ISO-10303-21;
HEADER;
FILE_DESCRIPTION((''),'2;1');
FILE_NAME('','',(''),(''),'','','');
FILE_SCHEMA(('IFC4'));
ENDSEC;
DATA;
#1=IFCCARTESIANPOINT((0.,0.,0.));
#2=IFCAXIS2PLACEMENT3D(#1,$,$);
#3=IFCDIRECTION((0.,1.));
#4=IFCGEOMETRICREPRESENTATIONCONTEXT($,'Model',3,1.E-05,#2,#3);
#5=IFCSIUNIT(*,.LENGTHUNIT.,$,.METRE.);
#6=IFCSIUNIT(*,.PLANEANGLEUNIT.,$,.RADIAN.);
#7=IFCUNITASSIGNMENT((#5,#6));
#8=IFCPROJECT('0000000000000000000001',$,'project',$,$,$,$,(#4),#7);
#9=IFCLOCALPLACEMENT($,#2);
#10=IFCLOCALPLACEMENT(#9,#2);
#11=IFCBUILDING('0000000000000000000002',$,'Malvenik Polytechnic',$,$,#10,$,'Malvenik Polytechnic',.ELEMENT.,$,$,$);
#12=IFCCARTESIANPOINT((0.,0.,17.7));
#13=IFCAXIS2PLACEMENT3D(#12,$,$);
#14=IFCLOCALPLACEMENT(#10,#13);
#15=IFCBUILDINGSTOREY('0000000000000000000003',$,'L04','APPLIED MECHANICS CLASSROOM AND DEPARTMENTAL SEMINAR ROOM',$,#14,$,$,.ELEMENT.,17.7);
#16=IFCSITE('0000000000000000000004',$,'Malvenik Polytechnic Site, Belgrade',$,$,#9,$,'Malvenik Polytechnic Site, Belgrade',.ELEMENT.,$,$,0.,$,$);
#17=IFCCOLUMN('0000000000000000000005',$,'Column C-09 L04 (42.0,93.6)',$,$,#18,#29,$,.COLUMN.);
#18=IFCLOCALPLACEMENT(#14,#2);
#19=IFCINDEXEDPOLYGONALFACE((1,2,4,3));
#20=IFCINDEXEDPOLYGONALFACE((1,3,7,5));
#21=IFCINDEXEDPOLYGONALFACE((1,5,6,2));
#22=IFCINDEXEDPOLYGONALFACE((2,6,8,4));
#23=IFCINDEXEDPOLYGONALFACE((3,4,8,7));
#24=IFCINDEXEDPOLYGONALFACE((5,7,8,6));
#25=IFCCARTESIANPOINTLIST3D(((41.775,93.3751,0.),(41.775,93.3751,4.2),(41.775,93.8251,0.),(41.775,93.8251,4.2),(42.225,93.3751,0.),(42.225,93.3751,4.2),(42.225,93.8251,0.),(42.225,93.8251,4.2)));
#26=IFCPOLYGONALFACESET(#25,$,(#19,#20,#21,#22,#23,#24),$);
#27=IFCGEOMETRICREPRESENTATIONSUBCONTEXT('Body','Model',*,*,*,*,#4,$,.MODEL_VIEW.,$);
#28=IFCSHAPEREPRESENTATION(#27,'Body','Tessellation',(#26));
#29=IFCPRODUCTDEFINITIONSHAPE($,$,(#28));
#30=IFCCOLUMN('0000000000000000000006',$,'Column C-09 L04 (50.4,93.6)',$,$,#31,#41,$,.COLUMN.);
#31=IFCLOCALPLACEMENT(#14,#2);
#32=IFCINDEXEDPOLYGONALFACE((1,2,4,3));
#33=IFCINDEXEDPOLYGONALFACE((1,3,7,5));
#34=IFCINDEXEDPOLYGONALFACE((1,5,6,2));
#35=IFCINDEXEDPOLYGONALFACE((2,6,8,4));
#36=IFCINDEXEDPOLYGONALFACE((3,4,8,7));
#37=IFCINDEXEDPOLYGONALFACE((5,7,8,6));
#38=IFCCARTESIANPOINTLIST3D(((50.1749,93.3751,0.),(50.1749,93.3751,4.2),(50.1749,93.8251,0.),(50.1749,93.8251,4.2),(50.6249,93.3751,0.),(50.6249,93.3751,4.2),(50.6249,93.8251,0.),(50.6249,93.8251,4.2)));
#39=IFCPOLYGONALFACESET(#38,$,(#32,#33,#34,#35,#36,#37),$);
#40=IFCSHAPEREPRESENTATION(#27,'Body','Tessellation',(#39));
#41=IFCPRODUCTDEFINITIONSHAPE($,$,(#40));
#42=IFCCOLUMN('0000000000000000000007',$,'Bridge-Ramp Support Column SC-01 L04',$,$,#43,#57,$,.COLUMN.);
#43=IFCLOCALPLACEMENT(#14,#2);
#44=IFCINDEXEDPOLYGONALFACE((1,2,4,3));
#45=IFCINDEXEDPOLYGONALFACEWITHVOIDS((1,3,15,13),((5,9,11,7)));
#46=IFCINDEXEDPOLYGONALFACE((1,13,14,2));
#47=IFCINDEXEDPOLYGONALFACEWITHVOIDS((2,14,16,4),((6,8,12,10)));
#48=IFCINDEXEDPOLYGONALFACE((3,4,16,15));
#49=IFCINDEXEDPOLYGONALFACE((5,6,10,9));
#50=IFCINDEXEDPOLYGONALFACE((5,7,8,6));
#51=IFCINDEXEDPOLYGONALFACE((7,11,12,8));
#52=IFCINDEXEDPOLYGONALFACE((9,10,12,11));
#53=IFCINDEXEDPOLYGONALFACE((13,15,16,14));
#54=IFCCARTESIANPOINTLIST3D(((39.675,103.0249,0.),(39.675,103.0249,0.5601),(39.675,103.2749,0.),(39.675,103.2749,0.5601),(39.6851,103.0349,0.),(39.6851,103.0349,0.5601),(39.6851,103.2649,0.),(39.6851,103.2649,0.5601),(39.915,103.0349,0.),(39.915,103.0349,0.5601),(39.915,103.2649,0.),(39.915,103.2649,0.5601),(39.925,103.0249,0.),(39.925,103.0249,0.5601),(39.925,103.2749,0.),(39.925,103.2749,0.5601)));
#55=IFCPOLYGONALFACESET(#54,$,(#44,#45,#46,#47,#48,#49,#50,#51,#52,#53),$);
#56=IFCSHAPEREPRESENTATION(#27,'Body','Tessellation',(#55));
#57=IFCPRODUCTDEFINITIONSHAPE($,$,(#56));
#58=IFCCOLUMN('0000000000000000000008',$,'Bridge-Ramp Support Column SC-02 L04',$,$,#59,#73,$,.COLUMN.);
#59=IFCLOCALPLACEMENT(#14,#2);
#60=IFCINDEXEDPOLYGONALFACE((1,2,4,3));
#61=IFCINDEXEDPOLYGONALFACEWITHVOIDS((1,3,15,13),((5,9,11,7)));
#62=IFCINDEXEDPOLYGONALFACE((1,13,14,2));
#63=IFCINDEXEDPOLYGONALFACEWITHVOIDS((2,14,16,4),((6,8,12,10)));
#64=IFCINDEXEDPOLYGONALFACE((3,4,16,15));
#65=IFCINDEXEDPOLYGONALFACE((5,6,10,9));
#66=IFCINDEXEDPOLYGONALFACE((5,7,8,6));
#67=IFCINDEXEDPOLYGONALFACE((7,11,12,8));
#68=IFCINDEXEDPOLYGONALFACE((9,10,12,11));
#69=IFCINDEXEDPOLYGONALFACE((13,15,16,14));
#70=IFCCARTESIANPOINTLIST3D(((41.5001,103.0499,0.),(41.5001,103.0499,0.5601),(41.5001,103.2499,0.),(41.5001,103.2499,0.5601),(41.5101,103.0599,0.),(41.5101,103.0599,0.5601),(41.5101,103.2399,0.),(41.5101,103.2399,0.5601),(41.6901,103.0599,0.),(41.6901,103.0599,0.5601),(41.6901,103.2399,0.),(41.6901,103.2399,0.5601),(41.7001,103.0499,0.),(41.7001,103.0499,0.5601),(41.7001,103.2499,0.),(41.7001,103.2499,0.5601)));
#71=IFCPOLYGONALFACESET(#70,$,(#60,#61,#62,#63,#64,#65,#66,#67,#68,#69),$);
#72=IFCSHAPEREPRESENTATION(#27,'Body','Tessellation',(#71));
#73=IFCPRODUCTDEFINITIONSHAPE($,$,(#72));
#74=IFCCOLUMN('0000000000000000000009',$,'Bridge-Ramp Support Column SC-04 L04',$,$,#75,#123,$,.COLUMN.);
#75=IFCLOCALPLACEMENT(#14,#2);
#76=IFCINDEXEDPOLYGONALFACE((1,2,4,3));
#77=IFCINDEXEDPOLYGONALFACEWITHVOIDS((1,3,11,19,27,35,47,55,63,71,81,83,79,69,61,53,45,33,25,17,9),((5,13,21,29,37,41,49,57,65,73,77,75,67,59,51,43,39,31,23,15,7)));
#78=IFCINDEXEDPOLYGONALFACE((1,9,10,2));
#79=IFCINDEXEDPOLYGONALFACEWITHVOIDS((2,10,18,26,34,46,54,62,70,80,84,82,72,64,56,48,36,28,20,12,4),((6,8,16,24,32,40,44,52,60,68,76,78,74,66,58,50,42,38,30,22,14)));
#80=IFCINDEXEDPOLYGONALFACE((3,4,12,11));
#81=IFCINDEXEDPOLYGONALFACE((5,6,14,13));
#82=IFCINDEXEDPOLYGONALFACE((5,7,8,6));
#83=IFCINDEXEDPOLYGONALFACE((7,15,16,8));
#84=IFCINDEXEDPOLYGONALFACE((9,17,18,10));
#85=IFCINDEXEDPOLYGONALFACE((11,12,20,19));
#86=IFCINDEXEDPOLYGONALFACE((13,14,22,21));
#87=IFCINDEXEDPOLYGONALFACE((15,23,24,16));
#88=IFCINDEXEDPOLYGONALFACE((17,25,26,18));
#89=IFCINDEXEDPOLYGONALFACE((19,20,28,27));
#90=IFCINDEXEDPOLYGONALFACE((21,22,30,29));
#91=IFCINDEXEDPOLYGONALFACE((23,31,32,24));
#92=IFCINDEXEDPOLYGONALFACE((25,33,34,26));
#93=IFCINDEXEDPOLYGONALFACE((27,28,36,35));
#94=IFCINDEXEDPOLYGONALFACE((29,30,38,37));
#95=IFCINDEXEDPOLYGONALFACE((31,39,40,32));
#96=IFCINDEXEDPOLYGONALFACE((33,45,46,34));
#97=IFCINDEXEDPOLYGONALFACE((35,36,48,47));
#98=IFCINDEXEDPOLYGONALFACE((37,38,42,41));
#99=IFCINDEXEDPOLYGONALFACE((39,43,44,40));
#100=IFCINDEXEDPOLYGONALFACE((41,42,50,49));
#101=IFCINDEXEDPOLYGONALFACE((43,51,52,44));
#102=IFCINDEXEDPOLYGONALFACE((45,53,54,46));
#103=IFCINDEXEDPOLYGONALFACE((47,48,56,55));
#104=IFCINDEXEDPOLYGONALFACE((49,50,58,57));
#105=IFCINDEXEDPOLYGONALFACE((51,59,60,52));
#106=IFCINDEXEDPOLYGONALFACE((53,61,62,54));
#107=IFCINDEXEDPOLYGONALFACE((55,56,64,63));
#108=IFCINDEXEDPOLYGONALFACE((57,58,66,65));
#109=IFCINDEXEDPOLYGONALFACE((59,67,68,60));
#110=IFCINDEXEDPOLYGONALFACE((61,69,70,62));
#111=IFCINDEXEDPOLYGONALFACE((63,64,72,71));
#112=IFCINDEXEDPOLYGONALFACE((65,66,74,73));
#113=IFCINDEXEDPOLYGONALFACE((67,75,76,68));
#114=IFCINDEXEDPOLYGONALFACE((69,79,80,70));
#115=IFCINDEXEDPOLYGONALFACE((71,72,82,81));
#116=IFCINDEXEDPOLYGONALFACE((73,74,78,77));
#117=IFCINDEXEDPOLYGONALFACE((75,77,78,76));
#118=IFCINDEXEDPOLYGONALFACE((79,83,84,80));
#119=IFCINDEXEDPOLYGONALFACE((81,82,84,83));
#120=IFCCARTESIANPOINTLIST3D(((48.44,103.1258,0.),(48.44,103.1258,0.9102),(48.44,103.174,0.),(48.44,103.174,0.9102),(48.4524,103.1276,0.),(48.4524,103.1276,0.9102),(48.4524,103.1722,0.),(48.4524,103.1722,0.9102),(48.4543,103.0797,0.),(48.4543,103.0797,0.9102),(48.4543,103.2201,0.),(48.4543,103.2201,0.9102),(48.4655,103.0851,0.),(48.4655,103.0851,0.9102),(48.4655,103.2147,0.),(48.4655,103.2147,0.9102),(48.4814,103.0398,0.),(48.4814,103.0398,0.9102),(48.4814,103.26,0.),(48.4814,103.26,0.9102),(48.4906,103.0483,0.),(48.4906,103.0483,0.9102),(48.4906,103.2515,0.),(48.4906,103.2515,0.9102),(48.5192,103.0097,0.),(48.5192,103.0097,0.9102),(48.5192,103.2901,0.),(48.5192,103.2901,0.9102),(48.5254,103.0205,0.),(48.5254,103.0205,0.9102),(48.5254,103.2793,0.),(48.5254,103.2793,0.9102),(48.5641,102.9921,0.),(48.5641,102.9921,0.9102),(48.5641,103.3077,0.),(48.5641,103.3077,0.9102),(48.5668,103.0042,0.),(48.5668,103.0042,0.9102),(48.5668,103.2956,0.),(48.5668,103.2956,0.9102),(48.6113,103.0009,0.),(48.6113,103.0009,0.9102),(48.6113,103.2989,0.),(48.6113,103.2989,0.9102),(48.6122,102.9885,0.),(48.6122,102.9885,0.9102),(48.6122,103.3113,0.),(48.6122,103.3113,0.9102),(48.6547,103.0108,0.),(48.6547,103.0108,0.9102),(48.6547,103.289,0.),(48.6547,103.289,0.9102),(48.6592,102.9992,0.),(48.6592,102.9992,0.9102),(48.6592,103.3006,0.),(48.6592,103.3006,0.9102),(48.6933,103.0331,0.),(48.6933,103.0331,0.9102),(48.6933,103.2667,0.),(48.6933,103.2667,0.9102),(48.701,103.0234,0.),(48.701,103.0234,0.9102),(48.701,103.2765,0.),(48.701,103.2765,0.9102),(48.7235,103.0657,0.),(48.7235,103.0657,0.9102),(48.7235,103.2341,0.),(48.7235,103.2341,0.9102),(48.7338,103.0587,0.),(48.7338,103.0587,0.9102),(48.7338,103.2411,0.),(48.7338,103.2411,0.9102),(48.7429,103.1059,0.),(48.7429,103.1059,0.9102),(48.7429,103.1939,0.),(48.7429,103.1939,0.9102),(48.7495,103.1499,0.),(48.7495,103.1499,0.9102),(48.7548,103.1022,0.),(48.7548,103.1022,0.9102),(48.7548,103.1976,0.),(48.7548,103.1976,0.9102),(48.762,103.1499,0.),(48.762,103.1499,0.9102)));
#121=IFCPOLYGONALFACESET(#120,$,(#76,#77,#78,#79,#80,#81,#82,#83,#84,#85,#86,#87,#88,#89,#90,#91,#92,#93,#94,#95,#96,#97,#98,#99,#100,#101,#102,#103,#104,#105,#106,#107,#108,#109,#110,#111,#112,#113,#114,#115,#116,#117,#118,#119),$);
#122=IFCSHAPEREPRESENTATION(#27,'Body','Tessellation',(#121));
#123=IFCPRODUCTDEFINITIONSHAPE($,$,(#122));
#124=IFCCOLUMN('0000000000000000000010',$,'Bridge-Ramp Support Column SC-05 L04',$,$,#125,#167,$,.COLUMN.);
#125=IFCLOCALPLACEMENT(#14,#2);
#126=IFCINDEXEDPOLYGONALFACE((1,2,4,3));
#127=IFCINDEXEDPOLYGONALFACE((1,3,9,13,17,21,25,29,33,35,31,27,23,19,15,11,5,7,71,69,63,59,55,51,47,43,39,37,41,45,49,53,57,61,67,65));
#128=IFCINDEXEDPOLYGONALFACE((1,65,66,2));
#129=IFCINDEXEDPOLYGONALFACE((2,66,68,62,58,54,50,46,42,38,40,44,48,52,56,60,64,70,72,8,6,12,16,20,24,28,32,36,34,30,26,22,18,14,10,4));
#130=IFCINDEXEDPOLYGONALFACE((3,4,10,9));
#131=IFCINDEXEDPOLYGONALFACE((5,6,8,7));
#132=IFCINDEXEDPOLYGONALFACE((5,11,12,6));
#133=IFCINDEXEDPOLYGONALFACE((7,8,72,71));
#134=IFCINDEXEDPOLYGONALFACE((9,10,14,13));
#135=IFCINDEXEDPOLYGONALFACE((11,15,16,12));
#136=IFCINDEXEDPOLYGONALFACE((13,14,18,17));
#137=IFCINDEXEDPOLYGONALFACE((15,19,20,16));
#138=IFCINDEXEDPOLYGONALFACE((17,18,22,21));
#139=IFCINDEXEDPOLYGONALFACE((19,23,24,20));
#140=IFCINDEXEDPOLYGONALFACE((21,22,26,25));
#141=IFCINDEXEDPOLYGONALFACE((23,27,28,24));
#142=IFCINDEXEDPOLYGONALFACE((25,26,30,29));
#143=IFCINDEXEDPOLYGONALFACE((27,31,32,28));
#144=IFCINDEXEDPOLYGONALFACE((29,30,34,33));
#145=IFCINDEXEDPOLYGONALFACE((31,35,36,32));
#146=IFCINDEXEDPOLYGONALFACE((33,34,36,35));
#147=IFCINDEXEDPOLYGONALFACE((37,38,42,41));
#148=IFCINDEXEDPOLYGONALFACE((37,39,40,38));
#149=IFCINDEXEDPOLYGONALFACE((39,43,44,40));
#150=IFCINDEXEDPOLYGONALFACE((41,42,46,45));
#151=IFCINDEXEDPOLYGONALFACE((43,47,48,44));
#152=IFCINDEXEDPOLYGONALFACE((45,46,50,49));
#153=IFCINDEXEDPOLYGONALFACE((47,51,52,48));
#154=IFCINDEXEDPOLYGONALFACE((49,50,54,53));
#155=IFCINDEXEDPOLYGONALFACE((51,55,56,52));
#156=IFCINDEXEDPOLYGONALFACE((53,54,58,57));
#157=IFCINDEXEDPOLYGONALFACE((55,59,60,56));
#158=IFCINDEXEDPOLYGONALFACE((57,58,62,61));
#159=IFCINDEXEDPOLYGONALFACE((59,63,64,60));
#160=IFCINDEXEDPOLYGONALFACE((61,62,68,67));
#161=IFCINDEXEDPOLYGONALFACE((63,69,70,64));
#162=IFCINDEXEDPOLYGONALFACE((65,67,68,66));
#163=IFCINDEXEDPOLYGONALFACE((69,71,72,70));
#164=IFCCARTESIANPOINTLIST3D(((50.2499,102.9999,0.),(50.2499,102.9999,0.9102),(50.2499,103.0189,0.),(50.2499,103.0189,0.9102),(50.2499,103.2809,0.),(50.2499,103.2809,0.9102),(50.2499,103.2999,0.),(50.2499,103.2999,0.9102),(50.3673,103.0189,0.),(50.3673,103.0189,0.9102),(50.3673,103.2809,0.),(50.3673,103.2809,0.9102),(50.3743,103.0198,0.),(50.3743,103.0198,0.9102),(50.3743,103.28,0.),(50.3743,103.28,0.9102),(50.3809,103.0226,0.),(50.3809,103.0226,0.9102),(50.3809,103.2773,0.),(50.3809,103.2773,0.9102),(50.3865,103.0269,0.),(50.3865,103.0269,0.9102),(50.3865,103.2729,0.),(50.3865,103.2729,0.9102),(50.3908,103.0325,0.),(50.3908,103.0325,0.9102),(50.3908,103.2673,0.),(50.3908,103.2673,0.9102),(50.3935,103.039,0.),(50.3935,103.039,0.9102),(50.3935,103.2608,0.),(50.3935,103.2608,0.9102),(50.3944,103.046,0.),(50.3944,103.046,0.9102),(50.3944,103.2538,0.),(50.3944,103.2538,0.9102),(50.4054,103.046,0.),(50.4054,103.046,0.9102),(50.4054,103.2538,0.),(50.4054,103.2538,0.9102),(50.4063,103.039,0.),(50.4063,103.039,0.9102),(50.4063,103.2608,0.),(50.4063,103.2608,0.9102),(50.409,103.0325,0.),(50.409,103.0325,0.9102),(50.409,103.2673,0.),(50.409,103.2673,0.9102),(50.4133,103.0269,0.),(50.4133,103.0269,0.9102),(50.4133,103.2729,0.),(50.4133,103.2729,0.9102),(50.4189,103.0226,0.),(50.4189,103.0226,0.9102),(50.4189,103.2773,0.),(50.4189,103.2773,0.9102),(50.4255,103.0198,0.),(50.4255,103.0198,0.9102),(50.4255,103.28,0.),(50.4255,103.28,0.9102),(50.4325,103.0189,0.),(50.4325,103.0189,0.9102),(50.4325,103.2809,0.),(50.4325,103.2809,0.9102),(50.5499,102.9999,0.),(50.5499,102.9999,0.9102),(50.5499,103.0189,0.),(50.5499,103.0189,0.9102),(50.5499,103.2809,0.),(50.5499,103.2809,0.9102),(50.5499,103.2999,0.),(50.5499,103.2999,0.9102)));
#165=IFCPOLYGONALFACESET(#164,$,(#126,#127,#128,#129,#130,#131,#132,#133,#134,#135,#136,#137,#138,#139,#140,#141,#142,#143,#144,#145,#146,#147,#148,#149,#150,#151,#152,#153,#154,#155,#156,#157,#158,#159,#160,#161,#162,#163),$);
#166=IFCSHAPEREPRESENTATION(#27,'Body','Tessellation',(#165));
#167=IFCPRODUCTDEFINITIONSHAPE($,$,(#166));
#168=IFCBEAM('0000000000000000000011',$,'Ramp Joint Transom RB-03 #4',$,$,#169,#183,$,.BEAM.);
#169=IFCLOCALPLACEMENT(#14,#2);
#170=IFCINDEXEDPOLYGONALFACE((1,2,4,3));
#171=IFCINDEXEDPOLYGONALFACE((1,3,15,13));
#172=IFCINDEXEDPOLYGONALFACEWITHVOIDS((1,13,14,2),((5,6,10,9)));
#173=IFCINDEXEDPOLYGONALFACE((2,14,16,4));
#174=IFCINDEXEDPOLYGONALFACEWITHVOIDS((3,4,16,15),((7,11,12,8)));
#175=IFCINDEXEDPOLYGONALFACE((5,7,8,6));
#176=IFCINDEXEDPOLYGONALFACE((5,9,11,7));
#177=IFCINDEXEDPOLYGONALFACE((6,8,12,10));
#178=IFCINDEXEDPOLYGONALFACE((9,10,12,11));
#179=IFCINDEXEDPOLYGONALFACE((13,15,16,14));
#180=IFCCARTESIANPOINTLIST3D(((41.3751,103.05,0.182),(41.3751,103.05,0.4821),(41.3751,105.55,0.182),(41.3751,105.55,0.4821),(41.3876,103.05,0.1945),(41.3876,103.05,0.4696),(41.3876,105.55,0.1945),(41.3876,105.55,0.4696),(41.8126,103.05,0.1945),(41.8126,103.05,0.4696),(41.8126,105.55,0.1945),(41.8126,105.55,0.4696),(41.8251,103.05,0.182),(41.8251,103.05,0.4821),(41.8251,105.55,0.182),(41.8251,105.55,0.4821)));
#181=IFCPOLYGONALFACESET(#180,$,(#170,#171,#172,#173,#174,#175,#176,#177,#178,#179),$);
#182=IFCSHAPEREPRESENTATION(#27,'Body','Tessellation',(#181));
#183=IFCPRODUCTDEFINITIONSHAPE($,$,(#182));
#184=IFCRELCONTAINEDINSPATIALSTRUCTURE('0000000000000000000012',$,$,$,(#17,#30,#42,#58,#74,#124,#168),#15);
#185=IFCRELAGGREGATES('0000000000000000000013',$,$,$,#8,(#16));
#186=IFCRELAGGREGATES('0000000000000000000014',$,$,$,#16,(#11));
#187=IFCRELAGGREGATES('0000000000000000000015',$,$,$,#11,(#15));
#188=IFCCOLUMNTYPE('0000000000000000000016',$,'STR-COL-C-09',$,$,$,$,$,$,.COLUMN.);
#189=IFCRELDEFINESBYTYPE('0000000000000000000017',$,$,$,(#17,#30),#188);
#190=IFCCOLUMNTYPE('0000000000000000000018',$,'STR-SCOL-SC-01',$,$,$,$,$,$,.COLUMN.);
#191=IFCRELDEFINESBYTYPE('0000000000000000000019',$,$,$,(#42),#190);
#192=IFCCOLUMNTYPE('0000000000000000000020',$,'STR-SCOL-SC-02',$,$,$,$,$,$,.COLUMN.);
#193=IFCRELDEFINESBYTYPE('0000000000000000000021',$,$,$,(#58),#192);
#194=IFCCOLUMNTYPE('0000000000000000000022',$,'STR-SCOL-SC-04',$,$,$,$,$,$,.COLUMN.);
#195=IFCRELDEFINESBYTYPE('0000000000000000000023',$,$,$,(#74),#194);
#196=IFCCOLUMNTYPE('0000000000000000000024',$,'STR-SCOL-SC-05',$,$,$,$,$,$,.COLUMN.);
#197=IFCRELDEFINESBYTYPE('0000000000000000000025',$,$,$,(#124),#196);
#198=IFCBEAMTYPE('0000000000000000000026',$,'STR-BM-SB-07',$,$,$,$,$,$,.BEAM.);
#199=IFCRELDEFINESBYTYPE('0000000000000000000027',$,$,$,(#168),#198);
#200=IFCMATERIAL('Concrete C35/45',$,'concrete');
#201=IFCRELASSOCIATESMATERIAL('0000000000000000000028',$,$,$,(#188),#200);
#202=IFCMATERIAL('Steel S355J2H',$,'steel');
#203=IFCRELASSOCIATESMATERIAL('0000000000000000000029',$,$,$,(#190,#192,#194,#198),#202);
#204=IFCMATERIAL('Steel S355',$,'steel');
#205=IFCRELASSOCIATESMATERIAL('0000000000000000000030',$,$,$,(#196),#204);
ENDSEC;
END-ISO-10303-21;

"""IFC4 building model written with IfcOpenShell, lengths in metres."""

from ifc_helpers import new_model, si_unit, direction, frame, origin, origin_2d, place, context, subcontext, project, spatial, rectangle, hollow_rectangle, hollow_circle, i_section, extrude, material, material_profile, profile_set, type_object, element, save


model = new_model("IFC4")

# Units and contexts
model_context = context("Model", 3, precision=1e-05, world=origin(), true_north=direction((0.0, 1.0)))
body_context = subcontext(model_context, "Body", "Model", "MODEL_VIEW")
ifc_project = project(units=[si_unit("LENGTHUNIT", "METRE"), si_unit("PLANEANGLEUNIT", "RADIAN")], contexts=[model_context])

# Site, building, storey
site_placement = place(None, origin())
site = spatial("IfcSite", under=ifc_project, at=site_placement, Name="Malvenik Polytechnic Site, Belgrade", LongName="Malvenik Polytechnic Site, Belgrade", CompositionType="ELEMENT", RefElevation=0.0)
building_placement = place(site_placement, origin())
building = spatial("IfcBuilding", under=site, at=building_placement, Name="Malvenik Polytechnic", LongName="Malvenik Polytechnic", CompositionType="ELEMENT")
storey_placement = place(building_placement, frame((0.0, 0.0, 17.7)))
storey = spatial("IfcBuildingStorey", under=building, at=storey_placement, Name="L04", Description="APPLIED MECHANICS CLASSROOM AND DEPARTMENTAL SEMINAR ROOM", CompositionType="ELEMENT", Elevation=17.7)

# Columns
ifc_material_1 = material(Name="Concrete C35/45", Category="concrete")
ifc_material_profile_1 = material_profile(ifc_material_1, rectangle(XDim=0.45, YDim=0.45, at=origin_2d()), Name="RC COL 450x450")
ifc_profile_set_1 = profile_set([ifc_material_profile_1], Name="Concrete C35/45")
column_type_1 = type_object("IfcColumnType", Name="STR-COL-C-09", PredefinedType="COLUMN", material=ifc_profile_set_1)
for number, where, z_axis, x_axis, name in (
    (1, (42.0, 93.6001, 0.0), (0.0, 0.0, 1.0), (1.0, 0.0, 0.0), "Column C-09 L04 (42.0,93.6)"),
    (2, (50.3999, 93.6001, 0.0), (0.0, 0.0, 1.0), (1.0, 0.0, 0.0), "Column C-09 L04 (50.4,93.6)"),
):
    element("IfcColumn", number, at=place(storey_placement, frame(where, z_axis=z_axis, x_axis=x_axis)), inside=storey, type_object=column_type_1, Name=name, PredefinedType="COLUMN", context=body_context, shape_type="SweptSolid", body=[
        extrude(rectangle(XDim=0.45, YDim=0.45, at=origin_2d()), origin(), (0.0, 0.0, 1.0), 4.2),
    ])
ifc_material_2 = material(Name="Steel S355J2H", Category="steel")
ifc_material_profile_2 = material_profile(ifc_material_2, hollow_rectangle(XDim=0.25, YDim=0.25, WallThickness=0.01, at=origin_2d()), Name="SHS 250x250x10.0")
ifc_profile_set_2 = profile_set([ifc_material_profile_2], Name="Steel S355J2H")
column_type_2 = type_object("IfcColumnType", Name="STR-SCOL-SC-01", PredefinedType="COLUMN", material=ifc_profile_set_2)
column_1_placement = place(storey_placement, frame((39.8, 103.1499, 0.0), z_axis=(0.0, 0.0, 1.0), x_axis=(1.0, 0.0, 0.0)))
element("IfcColumn", 3, at=column_1_placement, inside=storey, type_object=column_type_2, Name="Bridge-Ramp Support Column SC-01 L04", PredefinedType="COLUMN", context=body_context, shape_type="SweptSolid", body=[
    extrude(hollow_rectangle(XDim=0.25, YDim=0.25, WallThickness=0.01, at=origin_2d()), origin(), (0.0, 0.0, 1.0), 0.5601),
])
ifc_material_profile_3 = material_profile(ifc_material_2, hollow_rectangle(XDim=0.2, YDim=0.2, WallThickness=0.01, at=origin_2d()), Name="SHS 200x200x10.0")
ifc_profile_set_3 = profile_set([ifc_material_profile_3], Name="Steel S355J2H")
column_type_3 = type_object("IfcColumnType", Name="STR-SCOL-SC-02", PredefinedType="COLUMN", material=ifc_profile_set_3)
column_2_placement = place(storey_placement, frame((41.6001, 103.1499, 0.0), z_axis=(0.0, 0.0, 1.0), x_axis=(1.0, 0.0, 0.0)))
element("IfcColumn", 4, at=column_2_placement, inside=storey, type_object=column_type_3, Name="Bridge-Ramp Support Column SC-02 L04", PredefinedType="COLUMN", context=body_context, shape_type="SweptSolid", body=[
    extrude(hollow_rectangle(XDim=0.2, YDim=0.2, WallThickness=0.01, at=origin_2d()), origin(), (0.0, 0.0, 1.0), 0.5601),
])
ifc_material_profile_4 = material_profile(ifc_material_2, hollow_circle(Radius=0.1619, WallThickness=0.0125, at=origin_2d()), Name="CHS 323.9x12.5")
ifc_profile_set_4 = profile_set([ifc_material_profile_4], Name="Steel S355J2H")
column_type_4 = type_object("IfcColumnType", Name="STR-SCOL-SC-04", PredefinedType="COLUMN", material=ifc_profile_set_4)
column_3_placement = place(storey_placement, frame((48.6001, 103.1499, 0.0), z_axis=(0.0, 0.0, 1.0), x_axis=(1.0, 0.0, 0.0)))
element("IfcColumn", 5, at=column_3_placement, inside=storey, type_object=column_type_4, Name="Bridge-Ramp Support Column SC-04 L04", PredefinedType="COLUMN", context=body_context, shape_type="SweptSolid", body=[
    extrude(hollow_circle(Radius=0.1619, WallThickness=0.0125, at=origin_2d()), origin(), (0.0, 0.0, 1.0), 0.9102),
])
ifc_material_3 = material(Name="Steel S355", Category="steel")
ifc_material_profile_5 = material_profile(ifc_material_3, i_section(OverallWidth=0.3, OverallDepth=0.3, WebThickness=0.011, FlangeThickness=0.019, FilletRadius=0.0271, at=origin_2d()), Name="HEB 300")
ifc_profile_set_5 = profile_set([ifc_material_profile_5], Name="Steel S355")
column_type_5 = type_object("IfcColumnType", Name="STR-SCOL-SC-05", PredefinedType="COLUMN", material=ifc_profile_set_5)
column_4_placement = place(storey_placement, frame((50.3999, 103.1499, 0.0), z_axis=(0.0, 0.0, 1.0), x_axis=(1.0, 0.0, 0.0)))
element("IfcColumn", 6, at=column_4_placement, inside=storey, type_object=column_type_5, Name="Bridge-Ramp Support Column SC-05 L04", PredefinedType="COLUMN", context=body_context, shape_type="SweptSolid", body=[
    extrude(i_section(OverallWidth=0.3, OverallDepth=0.3, WebThickness=0.011, FlangeThickness=0.019, FilletRadius=0.0271, at=origin_2d()), origin(), (0.0, 0.0, 1.0), 0.9102),
])

# Beam
ifc_material_profile_6 = material_profile(ifc_material_2, hollow_rectangle(XDim=0.45, YDim=0.3, WallThickness=0.0125, at=origin_2d()), Name="RHS 450x300x12.5")
ifc_profile_set_6 = profile_set([ifc_material_profile_6], Name="Steel S355J2H")
beam_type_1 = type_object("IfcBeamType", Name="STR-BM-SB-07", PredefinedType="BEAM", material=ifc_profile_set_6)
for number, where, z_axis, x_axis, name in (
    (7, (41.6001, 103.05, 0.332), (0.0, 1.0, 0.0), (-1.0, 0.0, 0.0), "Ramp Joint Transom RB-03 #4"),
):
    element("IfcBeam", number, at=place(storey_placement, frame(where, z_axis=z_axis, x_axis=x_axis)), inside=storey, type_object=beam_type_1, Name=name, PredefinedType="BEAM", context=body_context, shape_type="SweptSolid", body=[
        extrude(hollow_rectangle(XDim=0.45, YDim=0.3, WallThickness=0.0125, at=origin_2d()), origin(), (0.0, 0.0, 1.0), 2.5),
    ])

save(model, "model.ifc")
